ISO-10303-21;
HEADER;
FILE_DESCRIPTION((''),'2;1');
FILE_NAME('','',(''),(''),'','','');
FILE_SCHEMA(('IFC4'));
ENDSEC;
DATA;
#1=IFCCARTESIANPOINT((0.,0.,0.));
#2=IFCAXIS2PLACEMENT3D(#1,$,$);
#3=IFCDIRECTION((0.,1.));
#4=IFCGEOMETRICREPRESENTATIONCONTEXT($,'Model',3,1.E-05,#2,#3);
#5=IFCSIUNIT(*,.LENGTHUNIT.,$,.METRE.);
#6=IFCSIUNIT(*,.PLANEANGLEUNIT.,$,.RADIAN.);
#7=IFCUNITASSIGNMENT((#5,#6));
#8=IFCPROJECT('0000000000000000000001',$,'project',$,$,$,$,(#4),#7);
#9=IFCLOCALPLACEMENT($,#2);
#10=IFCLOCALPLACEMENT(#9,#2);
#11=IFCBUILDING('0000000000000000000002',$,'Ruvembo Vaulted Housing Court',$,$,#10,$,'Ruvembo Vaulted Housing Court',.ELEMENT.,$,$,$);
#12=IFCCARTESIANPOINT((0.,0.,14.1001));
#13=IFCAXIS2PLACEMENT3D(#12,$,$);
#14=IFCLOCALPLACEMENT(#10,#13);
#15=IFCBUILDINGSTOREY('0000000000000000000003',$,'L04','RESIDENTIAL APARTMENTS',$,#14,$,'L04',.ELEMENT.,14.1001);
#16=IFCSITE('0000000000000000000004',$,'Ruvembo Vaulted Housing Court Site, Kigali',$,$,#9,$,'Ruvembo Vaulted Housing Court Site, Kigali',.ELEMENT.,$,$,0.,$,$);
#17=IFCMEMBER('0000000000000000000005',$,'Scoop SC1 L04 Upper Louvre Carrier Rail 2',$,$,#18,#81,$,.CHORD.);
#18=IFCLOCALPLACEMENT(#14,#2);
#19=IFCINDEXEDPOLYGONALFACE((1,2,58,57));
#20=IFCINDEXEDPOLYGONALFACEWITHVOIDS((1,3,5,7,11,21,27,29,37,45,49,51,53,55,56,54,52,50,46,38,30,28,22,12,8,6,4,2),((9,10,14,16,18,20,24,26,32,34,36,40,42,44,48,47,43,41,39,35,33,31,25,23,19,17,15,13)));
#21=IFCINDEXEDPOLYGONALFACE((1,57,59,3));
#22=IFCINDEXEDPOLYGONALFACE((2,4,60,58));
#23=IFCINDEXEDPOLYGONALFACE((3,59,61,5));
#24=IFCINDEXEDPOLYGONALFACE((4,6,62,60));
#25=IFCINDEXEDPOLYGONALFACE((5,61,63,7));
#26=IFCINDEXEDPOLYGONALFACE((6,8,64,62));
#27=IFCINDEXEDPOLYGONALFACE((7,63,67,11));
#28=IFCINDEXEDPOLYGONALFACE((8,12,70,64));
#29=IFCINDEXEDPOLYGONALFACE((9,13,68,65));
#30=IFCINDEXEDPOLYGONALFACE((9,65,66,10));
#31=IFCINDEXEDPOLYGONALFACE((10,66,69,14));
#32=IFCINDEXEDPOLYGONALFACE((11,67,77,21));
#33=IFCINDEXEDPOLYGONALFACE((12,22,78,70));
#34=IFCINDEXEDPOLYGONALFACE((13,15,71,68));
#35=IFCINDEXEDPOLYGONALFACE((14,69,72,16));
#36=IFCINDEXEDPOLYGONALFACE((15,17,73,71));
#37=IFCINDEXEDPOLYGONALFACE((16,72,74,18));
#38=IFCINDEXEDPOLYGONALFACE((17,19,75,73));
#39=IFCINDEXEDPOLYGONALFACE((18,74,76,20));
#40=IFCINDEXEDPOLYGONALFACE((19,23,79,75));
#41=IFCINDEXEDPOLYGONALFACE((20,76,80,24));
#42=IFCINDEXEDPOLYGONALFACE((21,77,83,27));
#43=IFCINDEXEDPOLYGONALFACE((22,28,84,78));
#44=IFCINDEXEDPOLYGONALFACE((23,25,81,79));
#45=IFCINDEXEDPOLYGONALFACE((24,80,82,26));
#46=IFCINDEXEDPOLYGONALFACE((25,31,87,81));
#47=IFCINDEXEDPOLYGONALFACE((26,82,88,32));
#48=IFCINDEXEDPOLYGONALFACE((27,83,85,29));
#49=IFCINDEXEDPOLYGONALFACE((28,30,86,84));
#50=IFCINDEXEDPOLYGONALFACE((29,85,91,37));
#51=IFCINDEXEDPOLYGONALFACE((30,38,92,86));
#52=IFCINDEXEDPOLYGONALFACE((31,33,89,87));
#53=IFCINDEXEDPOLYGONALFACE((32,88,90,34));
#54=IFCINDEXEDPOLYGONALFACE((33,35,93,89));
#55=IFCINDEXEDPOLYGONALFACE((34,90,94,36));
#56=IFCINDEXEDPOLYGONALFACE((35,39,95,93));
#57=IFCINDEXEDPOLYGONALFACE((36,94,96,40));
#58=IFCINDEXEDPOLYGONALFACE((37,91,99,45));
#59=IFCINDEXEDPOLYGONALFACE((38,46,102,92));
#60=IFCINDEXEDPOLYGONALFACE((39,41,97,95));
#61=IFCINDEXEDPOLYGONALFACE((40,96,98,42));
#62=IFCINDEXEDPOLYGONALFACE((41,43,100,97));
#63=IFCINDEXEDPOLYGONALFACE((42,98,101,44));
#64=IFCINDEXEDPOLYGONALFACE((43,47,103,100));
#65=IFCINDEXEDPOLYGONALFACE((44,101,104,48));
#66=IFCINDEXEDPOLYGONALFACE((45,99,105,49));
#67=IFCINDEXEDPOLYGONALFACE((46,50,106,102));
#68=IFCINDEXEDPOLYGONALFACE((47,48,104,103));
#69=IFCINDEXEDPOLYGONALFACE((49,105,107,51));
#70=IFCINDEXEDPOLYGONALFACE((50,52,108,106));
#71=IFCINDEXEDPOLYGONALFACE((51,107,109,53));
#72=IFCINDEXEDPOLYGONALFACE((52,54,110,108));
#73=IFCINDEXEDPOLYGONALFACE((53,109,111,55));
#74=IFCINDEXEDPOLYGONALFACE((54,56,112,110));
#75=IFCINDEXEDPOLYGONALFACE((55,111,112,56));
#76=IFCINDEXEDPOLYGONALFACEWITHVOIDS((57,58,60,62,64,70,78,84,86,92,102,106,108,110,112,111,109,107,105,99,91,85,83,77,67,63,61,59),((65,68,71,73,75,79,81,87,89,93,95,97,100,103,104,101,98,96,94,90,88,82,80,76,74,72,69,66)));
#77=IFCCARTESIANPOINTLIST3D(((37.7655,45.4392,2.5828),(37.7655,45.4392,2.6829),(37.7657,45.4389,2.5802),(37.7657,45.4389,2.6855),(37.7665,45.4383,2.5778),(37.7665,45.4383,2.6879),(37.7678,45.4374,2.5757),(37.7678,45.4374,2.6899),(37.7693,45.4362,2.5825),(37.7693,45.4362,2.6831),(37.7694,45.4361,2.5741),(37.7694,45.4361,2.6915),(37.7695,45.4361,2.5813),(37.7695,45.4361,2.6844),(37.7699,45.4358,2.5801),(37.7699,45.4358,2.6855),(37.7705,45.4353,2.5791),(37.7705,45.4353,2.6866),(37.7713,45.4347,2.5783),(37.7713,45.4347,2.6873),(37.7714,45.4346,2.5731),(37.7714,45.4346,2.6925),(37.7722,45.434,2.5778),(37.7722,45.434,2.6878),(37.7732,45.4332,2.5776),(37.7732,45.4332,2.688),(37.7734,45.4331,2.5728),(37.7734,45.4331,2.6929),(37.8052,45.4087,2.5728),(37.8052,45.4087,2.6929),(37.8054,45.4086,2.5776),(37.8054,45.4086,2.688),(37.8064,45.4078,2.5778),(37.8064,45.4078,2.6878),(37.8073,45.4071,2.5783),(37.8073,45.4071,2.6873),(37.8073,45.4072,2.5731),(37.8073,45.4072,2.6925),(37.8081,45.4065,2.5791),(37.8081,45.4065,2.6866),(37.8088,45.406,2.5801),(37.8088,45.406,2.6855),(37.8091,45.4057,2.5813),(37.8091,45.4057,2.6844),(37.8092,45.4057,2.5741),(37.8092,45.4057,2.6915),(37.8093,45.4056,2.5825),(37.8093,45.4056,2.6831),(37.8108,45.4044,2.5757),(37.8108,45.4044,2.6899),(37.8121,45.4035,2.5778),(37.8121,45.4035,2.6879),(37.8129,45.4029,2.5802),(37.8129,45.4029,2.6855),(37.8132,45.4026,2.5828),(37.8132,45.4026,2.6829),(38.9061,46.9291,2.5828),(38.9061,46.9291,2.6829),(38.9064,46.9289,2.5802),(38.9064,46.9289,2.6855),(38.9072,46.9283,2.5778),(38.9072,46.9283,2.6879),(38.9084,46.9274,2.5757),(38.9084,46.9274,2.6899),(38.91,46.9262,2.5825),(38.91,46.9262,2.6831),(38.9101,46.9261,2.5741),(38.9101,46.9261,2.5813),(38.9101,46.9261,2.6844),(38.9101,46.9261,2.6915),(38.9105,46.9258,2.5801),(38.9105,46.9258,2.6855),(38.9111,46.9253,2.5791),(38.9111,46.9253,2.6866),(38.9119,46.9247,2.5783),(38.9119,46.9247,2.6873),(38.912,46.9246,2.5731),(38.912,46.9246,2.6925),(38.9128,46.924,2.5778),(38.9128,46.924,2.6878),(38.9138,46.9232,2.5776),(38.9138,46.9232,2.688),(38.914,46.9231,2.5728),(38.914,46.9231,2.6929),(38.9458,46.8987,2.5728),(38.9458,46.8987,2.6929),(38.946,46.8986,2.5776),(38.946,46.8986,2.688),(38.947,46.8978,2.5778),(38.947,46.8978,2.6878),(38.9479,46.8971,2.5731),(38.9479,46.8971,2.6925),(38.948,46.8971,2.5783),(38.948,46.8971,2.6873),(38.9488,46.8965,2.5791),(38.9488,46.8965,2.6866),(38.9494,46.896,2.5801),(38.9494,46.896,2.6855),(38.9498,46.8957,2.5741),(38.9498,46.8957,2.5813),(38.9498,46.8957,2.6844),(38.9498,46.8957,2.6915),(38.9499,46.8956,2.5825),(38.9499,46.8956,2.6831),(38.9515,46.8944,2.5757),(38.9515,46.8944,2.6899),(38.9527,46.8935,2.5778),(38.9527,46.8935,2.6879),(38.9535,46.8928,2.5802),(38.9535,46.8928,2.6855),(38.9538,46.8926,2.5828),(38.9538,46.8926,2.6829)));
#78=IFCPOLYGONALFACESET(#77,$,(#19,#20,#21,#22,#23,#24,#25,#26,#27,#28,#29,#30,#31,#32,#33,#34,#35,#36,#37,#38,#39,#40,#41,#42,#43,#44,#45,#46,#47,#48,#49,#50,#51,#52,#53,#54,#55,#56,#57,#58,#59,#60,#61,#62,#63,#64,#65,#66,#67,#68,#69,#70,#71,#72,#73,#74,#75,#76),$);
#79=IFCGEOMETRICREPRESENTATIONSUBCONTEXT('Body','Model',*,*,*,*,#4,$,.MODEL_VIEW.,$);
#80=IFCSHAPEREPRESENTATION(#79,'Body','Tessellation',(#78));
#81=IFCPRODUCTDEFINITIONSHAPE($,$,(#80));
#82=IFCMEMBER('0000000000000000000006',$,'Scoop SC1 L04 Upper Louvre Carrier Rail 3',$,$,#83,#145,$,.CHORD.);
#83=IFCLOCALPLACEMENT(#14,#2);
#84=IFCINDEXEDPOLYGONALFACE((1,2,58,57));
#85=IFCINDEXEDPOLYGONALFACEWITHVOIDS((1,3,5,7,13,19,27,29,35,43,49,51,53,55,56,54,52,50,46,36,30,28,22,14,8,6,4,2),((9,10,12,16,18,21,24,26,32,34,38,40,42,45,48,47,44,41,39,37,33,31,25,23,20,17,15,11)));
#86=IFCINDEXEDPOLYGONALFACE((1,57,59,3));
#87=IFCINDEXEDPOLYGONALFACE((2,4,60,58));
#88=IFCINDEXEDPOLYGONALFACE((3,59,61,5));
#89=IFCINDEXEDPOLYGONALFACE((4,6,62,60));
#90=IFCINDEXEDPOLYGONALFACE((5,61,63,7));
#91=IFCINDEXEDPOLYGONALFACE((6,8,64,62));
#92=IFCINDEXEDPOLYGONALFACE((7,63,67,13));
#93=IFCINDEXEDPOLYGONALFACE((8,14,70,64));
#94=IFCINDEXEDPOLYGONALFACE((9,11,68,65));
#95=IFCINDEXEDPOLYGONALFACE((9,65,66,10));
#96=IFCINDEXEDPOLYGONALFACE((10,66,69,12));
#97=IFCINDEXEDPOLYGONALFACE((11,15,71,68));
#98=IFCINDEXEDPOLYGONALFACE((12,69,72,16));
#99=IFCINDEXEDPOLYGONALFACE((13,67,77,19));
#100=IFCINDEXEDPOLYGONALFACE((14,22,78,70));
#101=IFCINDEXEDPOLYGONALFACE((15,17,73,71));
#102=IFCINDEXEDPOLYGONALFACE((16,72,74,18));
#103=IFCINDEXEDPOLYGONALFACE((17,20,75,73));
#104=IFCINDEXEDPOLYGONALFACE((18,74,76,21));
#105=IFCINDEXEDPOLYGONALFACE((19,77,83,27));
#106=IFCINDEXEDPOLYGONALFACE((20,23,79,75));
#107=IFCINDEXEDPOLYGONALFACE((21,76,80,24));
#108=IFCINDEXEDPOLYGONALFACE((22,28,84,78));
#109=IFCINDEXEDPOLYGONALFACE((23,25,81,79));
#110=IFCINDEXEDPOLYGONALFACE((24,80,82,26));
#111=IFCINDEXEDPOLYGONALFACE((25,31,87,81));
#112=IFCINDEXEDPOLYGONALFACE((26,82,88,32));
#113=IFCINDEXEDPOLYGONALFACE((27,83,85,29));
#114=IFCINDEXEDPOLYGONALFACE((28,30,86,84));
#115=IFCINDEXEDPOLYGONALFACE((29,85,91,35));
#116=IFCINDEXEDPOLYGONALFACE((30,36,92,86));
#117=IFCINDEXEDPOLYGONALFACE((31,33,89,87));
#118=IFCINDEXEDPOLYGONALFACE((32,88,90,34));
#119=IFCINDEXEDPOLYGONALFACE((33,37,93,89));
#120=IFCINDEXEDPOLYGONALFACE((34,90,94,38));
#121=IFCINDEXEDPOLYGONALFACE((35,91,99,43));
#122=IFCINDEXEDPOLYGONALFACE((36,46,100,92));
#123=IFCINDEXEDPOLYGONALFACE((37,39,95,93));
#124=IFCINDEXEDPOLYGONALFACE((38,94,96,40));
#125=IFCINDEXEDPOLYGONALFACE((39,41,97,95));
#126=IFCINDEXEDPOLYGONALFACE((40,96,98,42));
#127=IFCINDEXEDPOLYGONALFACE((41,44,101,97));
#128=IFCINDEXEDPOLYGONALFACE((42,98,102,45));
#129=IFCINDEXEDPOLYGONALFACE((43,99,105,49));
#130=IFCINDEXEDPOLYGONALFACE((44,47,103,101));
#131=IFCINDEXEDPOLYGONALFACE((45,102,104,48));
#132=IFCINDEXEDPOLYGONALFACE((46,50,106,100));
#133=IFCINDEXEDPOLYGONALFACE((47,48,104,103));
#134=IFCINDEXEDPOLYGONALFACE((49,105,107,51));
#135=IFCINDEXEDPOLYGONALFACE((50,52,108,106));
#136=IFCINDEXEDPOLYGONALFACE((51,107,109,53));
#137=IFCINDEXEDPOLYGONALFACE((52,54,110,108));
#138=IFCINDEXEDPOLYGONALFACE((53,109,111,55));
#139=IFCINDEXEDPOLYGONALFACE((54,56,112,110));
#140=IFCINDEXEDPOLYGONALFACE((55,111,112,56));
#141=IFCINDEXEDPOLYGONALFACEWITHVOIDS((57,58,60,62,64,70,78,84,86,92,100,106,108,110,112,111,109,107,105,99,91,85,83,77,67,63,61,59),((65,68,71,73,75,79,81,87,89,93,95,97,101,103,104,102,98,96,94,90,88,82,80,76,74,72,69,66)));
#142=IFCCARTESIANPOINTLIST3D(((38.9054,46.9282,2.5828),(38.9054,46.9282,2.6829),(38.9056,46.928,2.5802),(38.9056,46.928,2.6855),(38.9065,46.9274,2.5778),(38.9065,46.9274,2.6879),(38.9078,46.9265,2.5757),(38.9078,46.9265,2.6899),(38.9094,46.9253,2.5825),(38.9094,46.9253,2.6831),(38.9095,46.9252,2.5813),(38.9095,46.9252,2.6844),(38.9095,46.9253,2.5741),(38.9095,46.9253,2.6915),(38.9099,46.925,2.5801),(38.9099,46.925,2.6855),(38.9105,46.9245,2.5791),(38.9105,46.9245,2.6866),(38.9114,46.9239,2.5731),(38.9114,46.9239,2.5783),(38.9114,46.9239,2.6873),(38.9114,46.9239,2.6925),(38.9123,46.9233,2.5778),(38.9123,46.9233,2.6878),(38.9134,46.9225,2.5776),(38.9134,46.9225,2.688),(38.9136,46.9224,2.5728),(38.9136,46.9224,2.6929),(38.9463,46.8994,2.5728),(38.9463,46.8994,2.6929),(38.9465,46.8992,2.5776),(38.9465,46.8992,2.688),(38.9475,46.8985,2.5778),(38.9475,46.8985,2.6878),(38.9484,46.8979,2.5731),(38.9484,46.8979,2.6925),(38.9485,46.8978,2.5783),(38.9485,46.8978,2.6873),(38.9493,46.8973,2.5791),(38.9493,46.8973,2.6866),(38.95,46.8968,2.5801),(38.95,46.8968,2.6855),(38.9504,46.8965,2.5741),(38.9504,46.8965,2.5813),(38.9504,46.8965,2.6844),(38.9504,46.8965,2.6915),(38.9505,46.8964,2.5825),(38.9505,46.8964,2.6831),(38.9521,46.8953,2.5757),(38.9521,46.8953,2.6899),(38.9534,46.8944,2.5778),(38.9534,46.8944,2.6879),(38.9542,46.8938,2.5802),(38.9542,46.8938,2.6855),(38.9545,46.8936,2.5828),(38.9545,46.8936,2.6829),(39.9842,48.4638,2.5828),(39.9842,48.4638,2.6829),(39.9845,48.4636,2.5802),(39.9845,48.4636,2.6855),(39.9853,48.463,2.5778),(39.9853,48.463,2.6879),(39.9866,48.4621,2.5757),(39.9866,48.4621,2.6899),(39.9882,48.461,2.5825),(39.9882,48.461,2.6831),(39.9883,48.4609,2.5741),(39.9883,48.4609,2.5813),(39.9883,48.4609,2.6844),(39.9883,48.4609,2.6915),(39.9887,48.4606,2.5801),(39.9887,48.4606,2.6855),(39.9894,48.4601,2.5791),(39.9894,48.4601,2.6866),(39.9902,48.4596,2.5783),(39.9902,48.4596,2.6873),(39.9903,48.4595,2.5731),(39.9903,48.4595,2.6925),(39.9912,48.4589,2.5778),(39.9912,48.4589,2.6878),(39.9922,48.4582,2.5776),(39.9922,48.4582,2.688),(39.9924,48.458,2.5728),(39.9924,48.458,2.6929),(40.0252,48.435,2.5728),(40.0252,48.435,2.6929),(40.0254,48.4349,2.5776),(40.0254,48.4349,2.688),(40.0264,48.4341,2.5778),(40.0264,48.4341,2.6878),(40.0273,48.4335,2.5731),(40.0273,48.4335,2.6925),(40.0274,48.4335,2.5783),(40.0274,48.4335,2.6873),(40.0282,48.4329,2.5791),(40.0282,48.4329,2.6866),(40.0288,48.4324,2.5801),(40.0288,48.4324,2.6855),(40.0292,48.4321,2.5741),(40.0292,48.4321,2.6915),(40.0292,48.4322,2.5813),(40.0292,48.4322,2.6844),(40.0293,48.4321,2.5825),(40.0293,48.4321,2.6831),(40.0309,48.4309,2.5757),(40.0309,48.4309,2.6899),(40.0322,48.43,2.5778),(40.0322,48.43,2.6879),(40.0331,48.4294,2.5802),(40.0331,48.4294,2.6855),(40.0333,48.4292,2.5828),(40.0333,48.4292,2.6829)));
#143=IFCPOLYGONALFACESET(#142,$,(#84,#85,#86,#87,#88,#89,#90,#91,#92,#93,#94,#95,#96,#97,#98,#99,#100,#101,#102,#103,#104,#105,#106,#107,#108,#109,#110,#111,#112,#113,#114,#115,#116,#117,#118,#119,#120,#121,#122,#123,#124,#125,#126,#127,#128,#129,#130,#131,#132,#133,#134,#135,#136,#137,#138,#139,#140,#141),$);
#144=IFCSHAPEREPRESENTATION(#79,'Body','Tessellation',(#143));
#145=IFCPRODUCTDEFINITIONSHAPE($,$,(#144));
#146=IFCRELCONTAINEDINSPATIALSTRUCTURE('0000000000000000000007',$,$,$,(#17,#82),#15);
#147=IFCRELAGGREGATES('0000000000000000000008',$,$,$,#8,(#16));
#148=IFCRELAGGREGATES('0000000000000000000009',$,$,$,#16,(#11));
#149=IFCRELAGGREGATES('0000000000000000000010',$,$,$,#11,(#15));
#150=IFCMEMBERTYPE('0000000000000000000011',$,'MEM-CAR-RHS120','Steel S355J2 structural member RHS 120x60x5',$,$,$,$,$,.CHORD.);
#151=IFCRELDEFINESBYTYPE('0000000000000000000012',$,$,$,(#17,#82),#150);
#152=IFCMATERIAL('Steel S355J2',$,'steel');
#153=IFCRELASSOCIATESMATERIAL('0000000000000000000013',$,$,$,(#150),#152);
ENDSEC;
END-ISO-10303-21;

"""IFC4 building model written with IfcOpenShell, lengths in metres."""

from ifc_helpers import new_model, si_unit, direction, frame, origin, origin_2d, place, context, subcontext, project, spatial, hollow_rectangle, extrude, material, material_profile, profile_set, type_object, element, save


model = new_model("IFC4")

# Units and contexts
model_context = context("Model", 3, precision=1e-05, world=origin(), true_north=direction((0.0, 1.0)))
body_context = subcontext(model_context, "Body", "Model", "MODEL_VIEW")
ifc_project = project(units=[si_unit("LENGTHUNIT", "METRE"), si_unit("PLANEANGLEUNIT", "RADIAN")], contexts=[model_context])

# Site, building, storey
site_placement = place(None, origin())
site = spatial("IfcSite", under=ifc_project, at=site_placement, Name="Ruvembo Vaulted Housing Court Site, Kigali", LongName="Ruvembo Vaulted Housing Court Site, Kigali", CompositionType="ELEMENT", RefElevation=0.0)
building_placement = place(site_placement, origin())
building = spatial("IfcBuilding", under=site, at=building_placement, Name="Ruvembo Vaulted Housing Court", LongName="Ruvembo Vaulted Housing Court", CompositionType="ELEMENT")
storey_placement = place(building_placement, frame((0.0, 0.0, 14.1001)))
storey = spatial("IfcBuildingStorey", under=building, at=storey_placement, Name="L04", Description="RESIDENTIAL APARTMENTS", LongName="L04", CompositionType="ELEMENT", Elevation=14.1001)

# Shared definitions
ifc_material_1 = material(Name="Steel S355J2", Category="steel")

# Members
ifc_material_profile_1 = material_profile(ifc_material_1, hollow_rectangle(XDim=0.0601, YDim=0.1201, WallThickness=0.0049, InnerFilletRadius=0.0049, OuterFilletRadius=0.01, at=origin_2d()), Name="RHS 120x60x5")
ifc_profile_set_1 = profile_set([ifc_material_profile_1], Name="Steel S355J2")
member_type_1 = type_object("IfcMemberType", Name="MEM-CAR-RHS120", Description="Steel S355J2 structural member RHS 120x60x5", PredefinedType="CHORD", material=ifc_profile_set_1)
member_1_placement = place(storey_placement, frame((37.7893, 45.4209, 2.6328), z_axis=(0.607861, 0.794044, 0.0), x_axis=(-0.794044, 0.607861, 0.0)))
element("IfcMember", 1, at=member_1_placement, inside=storey, type_object=member_type_1, Name="Scoop SC1 L04 Upper Louvre Carrier Rail 2", PredefinedType="CHORD", context=body_context, shape_type="SweptSolid", body=[
    extrude(hollow_rectangle(XDim=0.0601, YDim=0.1201, WallThickness=0.0049, InnerFilletRadius=0.0049, OuterFilletRadius=0.01, at=origin_2d()), origin(), (0.0, 0.0, 1.0), 1.8765),
])
member_2_placement = place(storey_placement, frame((38.9299, 46.9109, 2.6328), z_axis=(0.574858, 0.818253, 0.0), x_axis=(-0.818253, 0.574858, 0.0)))
element("IfcMember", 2, at=member_2_placement, inside=storey, type_object=member_type_1, Name="Scoop SC1 L04 Upper Louvre Carrier Rail 3", PredefinedType="CHORD", context=body_context, shape_type="SweptSolid", body=[
    extrude(hollow_rectangle(XDim=0.0601, YDim=0.1201, WallThickness=0.0049, InnerFilletRadius=0.0049, OuterFilletRadius=0.01, at=origin_2d()), origin(), (0.0, 0.0, 1.0), 1.8767),
])

save(model, "model.ifc")
